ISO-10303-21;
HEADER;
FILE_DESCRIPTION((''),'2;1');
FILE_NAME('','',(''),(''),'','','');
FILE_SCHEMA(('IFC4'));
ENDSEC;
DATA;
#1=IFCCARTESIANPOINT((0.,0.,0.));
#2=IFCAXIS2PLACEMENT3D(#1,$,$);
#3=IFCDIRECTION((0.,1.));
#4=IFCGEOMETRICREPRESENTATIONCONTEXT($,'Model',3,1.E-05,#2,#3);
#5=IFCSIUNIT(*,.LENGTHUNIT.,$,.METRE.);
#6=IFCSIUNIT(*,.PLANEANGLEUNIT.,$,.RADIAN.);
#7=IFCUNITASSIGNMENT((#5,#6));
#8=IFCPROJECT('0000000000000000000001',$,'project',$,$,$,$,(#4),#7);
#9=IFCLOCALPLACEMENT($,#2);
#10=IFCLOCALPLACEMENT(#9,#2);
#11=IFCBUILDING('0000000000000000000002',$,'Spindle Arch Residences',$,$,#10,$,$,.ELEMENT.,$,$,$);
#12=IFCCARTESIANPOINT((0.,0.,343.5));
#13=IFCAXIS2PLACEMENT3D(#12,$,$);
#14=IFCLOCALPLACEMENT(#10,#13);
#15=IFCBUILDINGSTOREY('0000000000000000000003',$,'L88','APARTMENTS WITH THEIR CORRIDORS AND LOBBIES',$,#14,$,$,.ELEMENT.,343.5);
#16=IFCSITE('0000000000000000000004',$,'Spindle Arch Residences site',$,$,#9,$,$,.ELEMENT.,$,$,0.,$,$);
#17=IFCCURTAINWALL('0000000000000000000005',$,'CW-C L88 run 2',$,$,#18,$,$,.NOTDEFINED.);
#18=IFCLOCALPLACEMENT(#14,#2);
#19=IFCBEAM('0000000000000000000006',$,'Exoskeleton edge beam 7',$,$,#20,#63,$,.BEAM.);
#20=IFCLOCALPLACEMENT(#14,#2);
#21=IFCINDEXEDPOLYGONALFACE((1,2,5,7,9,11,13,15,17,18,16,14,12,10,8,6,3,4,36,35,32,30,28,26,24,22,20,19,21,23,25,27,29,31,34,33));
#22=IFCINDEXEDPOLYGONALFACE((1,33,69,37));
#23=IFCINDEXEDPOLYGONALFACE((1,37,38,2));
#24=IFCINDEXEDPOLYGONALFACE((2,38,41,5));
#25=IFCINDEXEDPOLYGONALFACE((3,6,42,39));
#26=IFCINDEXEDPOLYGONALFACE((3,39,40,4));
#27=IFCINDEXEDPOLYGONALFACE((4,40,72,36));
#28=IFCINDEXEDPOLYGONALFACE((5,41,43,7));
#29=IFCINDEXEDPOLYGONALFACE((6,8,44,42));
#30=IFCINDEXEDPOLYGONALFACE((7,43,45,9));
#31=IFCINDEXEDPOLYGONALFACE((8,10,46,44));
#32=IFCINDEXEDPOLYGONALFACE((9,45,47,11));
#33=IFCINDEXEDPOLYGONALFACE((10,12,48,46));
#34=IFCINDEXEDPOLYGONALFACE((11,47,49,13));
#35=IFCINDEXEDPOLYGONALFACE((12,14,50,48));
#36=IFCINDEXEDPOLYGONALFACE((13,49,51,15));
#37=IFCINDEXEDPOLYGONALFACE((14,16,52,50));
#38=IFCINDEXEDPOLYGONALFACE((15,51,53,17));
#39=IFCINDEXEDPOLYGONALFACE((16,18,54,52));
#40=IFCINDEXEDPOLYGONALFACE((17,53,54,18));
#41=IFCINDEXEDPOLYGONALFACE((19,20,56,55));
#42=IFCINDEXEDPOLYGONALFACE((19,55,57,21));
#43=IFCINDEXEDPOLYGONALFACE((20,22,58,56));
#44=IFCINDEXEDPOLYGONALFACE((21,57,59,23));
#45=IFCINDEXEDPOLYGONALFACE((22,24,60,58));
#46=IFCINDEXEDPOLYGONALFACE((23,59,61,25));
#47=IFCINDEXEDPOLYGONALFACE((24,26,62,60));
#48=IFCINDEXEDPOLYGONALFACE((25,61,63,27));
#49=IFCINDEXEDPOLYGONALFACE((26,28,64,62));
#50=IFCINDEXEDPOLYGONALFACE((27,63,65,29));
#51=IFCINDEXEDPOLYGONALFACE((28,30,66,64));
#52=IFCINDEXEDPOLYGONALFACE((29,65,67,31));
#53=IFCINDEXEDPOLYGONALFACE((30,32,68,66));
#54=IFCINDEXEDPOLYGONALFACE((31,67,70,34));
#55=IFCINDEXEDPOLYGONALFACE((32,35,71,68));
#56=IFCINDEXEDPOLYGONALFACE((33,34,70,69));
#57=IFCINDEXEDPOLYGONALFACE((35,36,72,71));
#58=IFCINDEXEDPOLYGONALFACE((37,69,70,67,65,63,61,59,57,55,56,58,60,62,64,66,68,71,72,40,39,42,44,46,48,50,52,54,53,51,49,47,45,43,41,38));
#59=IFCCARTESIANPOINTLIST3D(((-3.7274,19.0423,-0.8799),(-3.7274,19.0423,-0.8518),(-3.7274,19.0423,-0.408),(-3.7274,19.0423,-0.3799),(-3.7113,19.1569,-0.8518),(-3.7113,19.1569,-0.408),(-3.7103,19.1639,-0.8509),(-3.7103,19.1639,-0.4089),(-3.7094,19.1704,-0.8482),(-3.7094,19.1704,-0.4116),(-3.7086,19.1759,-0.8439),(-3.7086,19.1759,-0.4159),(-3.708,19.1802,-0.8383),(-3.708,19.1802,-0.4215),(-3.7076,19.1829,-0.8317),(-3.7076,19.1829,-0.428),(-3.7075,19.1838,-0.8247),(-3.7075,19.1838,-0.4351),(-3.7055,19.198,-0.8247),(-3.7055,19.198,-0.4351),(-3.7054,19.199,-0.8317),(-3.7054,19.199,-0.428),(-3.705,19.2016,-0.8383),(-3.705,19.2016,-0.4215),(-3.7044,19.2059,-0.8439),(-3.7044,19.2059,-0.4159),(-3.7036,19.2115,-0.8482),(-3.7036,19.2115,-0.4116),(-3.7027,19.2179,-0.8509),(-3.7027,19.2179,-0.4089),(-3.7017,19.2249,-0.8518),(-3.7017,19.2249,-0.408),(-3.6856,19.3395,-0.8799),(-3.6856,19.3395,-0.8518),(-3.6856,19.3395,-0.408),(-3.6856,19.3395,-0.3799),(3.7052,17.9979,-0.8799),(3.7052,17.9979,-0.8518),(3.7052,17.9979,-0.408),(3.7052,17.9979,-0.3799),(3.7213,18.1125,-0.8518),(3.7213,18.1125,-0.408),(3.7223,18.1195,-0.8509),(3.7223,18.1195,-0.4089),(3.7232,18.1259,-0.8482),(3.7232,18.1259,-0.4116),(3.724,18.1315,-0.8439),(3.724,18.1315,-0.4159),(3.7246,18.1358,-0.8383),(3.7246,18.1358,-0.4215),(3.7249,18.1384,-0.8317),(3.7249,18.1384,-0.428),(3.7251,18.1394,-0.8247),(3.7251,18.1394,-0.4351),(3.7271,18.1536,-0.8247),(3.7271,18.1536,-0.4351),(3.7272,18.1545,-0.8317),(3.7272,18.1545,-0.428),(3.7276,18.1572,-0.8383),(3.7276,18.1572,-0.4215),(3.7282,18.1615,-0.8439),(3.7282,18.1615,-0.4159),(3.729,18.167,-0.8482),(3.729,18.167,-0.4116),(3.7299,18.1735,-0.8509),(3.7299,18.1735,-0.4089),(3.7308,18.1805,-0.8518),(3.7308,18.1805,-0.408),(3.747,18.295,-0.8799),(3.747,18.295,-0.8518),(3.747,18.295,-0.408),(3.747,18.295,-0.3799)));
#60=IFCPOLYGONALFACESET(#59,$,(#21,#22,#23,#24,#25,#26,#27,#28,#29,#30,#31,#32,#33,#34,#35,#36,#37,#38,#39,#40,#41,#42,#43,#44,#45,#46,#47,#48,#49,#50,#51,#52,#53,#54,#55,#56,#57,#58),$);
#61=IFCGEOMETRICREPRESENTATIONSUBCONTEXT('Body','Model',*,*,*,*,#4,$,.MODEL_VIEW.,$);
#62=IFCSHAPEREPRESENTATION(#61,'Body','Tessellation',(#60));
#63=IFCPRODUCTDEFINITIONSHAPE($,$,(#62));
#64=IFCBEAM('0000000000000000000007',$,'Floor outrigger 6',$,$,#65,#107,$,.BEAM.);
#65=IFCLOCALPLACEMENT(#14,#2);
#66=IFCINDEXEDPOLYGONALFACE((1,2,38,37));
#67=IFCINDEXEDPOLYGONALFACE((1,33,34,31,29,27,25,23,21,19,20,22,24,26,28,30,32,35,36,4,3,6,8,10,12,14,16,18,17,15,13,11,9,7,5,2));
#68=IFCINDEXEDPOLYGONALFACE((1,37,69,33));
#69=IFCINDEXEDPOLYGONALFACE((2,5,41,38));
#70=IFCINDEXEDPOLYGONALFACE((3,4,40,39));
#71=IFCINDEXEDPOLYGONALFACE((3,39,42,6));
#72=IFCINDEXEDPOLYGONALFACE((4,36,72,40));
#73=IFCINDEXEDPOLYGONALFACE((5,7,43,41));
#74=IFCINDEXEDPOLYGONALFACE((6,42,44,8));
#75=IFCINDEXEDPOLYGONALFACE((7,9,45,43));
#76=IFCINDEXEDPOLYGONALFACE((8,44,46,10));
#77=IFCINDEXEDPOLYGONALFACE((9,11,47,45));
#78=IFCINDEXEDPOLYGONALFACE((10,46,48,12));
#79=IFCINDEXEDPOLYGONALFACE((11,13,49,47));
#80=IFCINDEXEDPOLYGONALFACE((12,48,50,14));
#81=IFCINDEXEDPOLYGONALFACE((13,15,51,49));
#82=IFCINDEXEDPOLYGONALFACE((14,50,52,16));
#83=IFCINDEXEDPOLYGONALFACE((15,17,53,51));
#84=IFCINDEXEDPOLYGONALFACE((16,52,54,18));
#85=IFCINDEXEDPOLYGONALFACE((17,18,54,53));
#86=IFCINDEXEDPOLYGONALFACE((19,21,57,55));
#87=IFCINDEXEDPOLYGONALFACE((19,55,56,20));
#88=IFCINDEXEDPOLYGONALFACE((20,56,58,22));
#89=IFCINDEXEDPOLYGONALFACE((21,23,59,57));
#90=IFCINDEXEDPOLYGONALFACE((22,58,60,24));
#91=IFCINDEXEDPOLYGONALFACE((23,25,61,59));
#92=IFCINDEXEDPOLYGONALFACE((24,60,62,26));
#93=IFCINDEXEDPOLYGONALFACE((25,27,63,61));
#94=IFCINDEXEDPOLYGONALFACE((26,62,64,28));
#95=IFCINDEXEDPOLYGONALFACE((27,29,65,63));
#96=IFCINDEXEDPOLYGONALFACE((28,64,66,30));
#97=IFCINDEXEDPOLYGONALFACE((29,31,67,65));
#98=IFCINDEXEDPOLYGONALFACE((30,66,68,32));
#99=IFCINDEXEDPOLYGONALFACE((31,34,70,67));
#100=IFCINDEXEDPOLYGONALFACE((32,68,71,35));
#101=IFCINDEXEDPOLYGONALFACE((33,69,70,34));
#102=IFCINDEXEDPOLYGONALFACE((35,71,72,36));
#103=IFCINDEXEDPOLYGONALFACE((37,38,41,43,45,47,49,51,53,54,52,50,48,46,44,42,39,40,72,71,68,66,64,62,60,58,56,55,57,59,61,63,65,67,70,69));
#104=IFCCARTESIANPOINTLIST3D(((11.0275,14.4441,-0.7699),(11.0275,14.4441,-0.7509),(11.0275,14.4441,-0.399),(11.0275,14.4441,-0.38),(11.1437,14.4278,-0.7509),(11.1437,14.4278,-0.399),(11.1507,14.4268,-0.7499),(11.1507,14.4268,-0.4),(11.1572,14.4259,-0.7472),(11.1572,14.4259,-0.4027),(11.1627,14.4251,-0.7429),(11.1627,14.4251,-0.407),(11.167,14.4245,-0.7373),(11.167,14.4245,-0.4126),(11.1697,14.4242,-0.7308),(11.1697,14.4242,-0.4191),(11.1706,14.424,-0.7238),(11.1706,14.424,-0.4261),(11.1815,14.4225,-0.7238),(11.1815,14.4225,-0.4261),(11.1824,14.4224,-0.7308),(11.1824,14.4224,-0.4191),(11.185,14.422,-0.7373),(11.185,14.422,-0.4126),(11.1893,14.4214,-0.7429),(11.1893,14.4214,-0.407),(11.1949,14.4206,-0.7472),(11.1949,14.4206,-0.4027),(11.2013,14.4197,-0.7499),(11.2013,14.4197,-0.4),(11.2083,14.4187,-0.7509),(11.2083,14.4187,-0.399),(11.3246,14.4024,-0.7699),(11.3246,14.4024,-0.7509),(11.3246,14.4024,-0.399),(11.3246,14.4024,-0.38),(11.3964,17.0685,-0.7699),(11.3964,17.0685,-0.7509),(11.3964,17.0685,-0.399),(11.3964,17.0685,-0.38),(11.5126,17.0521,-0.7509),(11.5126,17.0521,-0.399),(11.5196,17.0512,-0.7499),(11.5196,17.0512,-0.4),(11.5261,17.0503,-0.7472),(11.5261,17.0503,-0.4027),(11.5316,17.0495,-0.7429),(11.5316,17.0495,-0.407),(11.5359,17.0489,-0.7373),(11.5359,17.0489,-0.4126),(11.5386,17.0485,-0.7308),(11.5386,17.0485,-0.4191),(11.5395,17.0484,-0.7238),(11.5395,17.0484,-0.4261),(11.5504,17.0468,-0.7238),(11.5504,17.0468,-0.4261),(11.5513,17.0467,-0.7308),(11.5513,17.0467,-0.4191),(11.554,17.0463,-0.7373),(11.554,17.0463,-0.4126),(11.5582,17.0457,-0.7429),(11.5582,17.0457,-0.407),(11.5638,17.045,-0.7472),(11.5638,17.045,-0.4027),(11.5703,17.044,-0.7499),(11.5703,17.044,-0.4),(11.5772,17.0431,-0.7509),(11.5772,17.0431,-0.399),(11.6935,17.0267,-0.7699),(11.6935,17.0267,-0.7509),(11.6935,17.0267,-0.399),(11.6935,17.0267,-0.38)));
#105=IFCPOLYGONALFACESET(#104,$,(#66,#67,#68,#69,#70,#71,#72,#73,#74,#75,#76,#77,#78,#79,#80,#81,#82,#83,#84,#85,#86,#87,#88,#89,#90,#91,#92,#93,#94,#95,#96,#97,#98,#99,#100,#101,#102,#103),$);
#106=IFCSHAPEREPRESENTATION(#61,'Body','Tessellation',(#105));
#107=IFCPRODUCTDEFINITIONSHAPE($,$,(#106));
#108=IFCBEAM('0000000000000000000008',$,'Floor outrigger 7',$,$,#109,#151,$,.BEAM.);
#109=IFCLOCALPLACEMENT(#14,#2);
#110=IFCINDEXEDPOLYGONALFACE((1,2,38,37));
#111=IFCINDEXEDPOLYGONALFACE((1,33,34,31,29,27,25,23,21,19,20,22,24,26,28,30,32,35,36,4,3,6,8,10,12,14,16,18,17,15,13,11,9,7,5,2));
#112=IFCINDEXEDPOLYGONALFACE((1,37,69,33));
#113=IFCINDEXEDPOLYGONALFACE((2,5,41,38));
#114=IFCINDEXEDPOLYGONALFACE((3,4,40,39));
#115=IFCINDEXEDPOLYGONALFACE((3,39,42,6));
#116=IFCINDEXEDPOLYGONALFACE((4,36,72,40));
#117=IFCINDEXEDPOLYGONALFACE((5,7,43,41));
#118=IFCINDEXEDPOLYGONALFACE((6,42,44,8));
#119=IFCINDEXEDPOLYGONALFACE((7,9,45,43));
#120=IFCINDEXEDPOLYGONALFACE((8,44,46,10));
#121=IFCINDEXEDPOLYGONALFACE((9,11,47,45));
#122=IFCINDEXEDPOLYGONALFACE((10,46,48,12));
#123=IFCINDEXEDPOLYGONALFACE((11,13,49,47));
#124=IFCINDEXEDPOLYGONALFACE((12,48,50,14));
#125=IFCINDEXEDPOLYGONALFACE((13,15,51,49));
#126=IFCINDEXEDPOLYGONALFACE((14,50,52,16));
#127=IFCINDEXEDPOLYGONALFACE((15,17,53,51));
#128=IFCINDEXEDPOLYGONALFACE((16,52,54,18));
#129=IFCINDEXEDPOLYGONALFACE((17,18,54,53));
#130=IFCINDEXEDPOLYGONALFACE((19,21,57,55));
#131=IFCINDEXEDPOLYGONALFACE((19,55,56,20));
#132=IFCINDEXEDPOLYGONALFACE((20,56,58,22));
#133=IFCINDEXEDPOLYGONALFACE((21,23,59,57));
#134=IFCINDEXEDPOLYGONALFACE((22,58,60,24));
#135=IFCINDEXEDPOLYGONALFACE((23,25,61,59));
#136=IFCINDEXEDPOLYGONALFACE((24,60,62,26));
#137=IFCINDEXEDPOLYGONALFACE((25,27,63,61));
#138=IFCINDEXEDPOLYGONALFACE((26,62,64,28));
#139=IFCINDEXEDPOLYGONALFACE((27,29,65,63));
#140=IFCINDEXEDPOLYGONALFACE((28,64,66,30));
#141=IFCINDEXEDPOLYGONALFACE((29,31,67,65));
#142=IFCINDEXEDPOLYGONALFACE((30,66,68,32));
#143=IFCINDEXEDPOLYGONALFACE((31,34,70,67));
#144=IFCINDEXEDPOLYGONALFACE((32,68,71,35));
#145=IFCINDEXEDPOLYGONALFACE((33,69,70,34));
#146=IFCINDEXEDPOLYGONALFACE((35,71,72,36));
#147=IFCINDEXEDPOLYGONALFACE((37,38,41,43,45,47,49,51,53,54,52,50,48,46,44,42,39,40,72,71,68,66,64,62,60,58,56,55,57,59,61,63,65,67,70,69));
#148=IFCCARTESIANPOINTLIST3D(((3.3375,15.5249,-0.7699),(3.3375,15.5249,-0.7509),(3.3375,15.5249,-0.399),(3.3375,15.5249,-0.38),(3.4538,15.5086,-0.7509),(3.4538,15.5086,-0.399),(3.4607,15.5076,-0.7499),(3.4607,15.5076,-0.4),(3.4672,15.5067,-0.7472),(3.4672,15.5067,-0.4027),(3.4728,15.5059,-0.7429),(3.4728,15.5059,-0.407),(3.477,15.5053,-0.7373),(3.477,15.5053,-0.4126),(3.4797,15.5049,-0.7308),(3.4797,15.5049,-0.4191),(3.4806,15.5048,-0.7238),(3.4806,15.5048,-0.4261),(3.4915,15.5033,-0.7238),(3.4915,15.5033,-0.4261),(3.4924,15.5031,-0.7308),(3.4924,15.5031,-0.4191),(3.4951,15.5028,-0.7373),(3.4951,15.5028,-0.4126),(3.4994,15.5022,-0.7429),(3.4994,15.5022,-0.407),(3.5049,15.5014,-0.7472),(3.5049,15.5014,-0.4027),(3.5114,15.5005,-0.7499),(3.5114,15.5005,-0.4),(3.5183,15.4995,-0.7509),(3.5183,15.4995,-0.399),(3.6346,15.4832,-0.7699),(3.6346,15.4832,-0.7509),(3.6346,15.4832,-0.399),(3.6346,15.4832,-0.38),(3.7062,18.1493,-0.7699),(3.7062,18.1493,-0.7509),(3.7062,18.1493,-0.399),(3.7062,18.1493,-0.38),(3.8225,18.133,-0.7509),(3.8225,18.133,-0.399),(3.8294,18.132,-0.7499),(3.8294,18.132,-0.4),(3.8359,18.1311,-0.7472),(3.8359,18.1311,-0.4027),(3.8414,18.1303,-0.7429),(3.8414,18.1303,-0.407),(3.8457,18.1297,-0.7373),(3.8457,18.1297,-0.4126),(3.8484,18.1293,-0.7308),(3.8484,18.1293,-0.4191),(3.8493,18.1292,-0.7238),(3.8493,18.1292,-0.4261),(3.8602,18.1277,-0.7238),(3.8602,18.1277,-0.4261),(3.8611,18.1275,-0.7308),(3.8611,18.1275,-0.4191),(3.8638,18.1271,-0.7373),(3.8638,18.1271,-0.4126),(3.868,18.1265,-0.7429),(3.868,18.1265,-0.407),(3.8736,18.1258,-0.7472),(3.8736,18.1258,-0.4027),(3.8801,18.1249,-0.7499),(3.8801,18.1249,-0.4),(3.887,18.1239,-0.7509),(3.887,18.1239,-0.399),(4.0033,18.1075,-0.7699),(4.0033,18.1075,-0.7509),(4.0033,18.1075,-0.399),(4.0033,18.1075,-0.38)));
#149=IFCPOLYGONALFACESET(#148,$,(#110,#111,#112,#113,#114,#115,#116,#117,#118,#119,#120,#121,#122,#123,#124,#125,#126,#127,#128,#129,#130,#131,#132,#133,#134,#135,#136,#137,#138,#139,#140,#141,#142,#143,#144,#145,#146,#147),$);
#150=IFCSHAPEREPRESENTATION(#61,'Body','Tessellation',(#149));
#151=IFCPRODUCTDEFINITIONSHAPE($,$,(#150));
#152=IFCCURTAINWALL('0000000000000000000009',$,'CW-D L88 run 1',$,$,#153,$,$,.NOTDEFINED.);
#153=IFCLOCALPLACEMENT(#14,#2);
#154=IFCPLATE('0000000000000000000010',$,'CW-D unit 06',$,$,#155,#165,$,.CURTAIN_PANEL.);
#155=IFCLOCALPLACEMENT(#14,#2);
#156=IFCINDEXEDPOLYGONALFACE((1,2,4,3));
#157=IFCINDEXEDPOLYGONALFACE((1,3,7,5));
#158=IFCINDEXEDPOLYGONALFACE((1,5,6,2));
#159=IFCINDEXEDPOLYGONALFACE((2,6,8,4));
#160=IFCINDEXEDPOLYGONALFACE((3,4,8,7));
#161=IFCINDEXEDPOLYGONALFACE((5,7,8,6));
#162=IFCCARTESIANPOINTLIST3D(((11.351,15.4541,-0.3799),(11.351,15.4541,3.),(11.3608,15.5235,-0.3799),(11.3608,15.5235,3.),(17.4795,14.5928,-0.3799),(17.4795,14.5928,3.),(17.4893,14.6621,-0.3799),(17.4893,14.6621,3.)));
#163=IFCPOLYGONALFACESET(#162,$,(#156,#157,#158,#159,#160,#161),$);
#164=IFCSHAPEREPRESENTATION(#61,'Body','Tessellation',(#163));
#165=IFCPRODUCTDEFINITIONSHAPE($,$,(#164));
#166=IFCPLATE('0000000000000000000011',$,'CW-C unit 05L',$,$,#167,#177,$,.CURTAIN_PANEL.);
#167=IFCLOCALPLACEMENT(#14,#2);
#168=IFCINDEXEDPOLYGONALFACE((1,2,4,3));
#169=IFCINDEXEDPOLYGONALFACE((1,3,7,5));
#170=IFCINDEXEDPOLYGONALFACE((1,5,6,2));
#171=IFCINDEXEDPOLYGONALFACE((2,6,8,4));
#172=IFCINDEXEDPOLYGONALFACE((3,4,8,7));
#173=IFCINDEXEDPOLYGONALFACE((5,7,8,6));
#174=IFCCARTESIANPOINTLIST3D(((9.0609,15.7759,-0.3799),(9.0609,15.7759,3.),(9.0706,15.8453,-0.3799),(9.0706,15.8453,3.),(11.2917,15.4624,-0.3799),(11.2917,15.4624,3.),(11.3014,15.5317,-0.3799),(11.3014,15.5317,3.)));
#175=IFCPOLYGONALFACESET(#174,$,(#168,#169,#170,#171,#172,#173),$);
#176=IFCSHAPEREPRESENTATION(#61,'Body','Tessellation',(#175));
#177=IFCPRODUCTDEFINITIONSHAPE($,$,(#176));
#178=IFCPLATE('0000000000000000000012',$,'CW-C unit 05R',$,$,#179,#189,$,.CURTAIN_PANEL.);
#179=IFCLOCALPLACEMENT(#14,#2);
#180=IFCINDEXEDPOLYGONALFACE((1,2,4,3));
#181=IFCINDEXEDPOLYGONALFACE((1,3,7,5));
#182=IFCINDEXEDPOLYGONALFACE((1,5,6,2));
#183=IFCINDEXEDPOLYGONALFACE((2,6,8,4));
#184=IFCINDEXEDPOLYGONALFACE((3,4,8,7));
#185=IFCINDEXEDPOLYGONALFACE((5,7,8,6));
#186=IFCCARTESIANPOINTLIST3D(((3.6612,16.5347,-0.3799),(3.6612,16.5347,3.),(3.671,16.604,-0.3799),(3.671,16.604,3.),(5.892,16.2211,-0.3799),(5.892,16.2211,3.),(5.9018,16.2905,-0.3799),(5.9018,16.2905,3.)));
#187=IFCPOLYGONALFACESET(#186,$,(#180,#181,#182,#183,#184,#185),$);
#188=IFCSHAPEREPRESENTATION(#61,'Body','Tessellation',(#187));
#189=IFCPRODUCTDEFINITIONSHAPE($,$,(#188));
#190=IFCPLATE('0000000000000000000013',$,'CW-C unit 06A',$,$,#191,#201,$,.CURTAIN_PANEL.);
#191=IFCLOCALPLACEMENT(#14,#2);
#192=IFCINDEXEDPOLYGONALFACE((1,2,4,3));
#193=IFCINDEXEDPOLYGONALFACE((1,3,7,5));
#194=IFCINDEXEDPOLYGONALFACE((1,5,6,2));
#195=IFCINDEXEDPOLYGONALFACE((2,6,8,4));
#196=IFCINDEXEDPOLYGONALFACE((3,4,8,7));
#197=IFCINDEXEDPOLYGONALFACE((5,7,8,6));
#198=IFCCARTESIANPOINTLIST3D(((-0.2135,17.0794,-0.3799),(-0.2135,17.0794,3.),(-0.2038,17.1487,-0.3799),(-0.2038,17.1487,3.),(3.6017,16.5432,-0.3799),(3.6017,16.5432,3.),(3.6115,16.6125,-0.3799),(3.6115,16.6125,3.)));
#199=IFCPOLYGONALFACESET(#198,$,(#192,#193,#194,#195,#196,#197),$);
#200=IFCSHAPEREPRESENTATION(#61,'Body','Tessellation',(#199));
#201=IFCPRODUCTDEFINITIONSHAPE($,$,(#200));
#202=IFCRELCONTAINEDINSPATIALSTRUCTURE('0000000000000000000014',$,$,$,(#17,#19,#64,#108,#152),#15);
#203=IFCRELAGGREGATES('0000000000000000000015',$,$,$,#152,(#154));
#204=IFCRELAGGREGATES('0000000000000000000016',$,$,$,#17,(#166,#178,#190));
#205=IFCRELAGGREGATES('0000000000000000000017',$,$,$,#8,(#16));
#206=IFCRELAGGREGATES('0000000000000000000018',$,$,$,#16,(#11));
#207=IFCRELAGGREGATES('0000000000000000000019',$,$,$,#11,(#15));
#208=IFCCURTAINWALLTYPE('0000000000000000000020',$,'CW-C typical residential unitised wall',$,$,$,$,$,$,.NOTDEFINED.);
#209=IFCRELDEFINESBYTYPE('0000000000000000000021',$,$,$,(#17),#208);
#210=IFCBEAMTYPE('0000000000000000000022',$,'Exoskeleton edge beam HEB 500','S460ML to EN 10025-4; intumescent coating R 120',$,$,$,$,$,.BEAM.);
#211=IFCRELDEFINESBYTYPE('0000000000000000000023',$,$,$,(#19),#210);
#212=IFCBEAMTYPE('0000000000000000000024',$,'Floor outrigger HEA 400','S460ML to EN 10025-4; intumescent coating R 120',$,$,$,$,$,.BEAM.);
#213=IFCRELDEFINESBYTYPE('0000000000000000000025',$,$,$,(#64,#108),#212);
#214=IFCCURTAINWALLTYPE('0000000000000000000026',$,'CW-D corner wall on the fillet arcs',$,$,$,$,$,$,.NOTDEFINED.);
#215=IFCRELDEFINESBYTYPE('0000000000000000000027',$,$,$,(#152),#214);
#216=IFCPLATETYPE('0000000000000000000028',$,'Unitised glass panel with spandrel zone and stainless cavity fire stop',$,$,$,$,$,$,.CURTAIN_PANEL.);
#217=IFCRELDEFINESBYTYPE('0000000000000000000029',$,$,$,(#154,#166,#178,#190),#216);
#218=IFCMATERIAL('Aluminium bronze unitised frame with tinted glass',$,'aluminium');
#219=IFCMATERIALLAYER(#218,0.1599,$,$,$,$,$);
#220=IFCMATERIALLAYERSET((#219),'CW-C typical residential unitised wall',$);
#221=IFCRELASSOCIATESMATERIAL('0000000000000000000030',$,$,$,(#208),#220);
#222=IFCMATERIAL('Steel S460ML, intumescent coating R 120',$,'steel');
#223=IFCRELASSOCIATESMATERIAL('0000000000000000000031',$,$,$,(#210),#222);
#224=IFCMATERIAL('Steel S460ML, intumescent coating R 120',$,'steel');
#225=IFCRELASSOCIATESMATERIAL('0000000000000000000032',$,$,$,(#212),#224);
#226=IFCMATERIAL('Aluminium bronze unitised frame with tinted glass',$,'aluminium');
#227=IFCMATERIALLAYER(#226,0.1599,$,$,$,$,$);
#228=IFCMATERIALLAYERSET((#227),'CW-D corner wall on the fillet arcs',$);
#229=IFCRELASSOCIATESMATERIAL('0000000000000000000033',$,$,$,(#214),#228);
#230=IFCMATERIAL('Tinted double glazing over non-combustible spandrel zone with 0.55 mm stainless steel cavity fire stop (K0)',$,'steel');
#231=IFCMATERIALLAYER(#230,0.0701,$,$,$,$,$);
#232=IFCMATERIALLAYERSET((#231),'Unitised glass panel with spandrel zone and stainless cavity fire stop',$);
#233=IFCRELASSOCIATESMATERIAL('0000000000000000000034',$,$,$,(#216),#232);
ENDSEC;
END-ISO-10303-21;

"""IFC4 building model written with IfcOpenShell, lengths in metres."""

from ifc_helpers import new_model, si_unit, direction, frame, origin, origin_2d, place, context, subcontext, project, spatial, rectangle, i_section, extrude, material, layer, layer_set, material_profile, profile_set, type_object, element, aggregate, save


model = new_model("IFC4")

# Units and contexts
model_context = context("Model", 3, precision=1e-05, world=origin(), true_north=direction((0.0, 1.0)))
body_context = subcontext(model_context, "Body", "Model", "MODEL_VIEW")
ifc_project = project(units=[si_unit("LENGTHUNIT", "METRE"), si_unit("PLANEANGLEUNIT", "RADIAN")], contexts=[model_context])

# Site, building, storey
site_placement = place(None, origin())
site = spatial("IfcSite", under=ifc_project, at=site_placement, Name="Spindle Arch Residences site", CompositionType="ELEMENT", RefElevation=0.0)
building_placement = place(site_placement, origin())
building = spatial("IfcBuilding", under=site, at=building_placement, Name="Spindle Arch Residences", CompositionType="ELEMENT")
storey_placement = place(building_placement, frame((0.0, 0.0, 343.5)))
storey = spatial("IfcBuildingStorey", under=building, at=storey_placement, Name="L88", Description="APARTMENTS WITH THEIR CORRIDORS AND LOBBIES", CompositionType="ELEMENT", Elevation=343.5)

# Curtain wall
ifc_material_1 = material(Name="Aluminium bronze unitised frame with tinted glass", Category="aluminium")
ifc_layer_1 = layer(ifc_material_1, 0.1599)
ifc_layer_set_1 = layer_set([ifc_layer_1], Name="CW-C typical residential unitised wall")
curtain_wall_type_1 = type_object("IfcCurtainWallType", Name="CW-C typical residential unitised wall", PredefinedType="NOTDEFINED", material=ifc_layer_set_1)
curtain_wall_1_placement = place(storey_placement, origin())
curtain_wall_1 = element("IfcCurtainWall", 1, at=curtain_wall_1_placement, inside=storey, type_object=curtain_wall_type_1, Name="CW-C L88 run 2", PredefinedType="NOTDEFINED")

# Beams
ifc_material_2 = material(Name="Steel S460ML, intumescent coating R 120", Category="steel")
ifc_material_profile_1 = material_profile(ifc_material_2, i_section(OverallWidth=0.3, OverallDepth=0.5, WebThickness=0.0144, FlangeThickness=0.0281, FilletRadius=0.0271, at=origin_2d()), Name="HEB 500")
ifc_profile_set_1 = profile_set([ifc_material_profile_1], Name="Steel S460ML, intumescent coating R 120")
beam_type_1 = type_object("IfcBeamType", Name="Exoskeleton edge beam HEB 500", Description="S460ML to EN 10025-4; intumescent coating R 120", PredefinedType="BEAM", material=ifc_profile_set_1)
for number, where, z_axis, x_axis, name in (
    (2, (3.7261, 18.1465, -0.6299), (-0.990271, 0.139153, 0.0), (-0.139153, -0.990271, 0.0), "Exoskeleton edge beam 7"),
):
    element("IfcBeam", number, at=place(storey_placement, frame(where, z_axis=z_axis, x_axis=x_axis)), inside=storey, type_object=beam_type_1, Name=name, PredefinedType="BEAM", context=body_context, shape_type="SweptSolid", body=[
        extrude(i_section(OverallWidth=0.3, OverallDepth=0.5, WebThickness=0.0144, FlangeThickness=0.0281, FilletRadius=0.0271, at=origin_2d()), origin(), (0.0, 0.0, 1.0), 7.5056),
    ])
ifc_material_3 = material(Name="Steel S460ML, intumescent coating R 120", Category="steel")
ifc_material_profile_2 = material_profile(ifc_material_3, i_section(OverallWidth=0.3, OverallDepth=0.3899, WebThickness=0.011, FlangeThickness=0.019, FilletRadius=0.0271, at=origin_2d()), Name="HEA 400")
ifc_profile_set_2 = profile_set([ifc_material_profile_2], Name="Steel S460ML, intumescent coating R 120")
beam_type_2 = type_object("IfcBeamType", Name="Floor outrigger HEA 400", Description="S460ML to EN 10025-4; intumescent coating R 120", PredefinedType="BEAM", material=ifc_profile_set_2)
for number, where, z_axis, x_axis, name in (
    (3, (11.5449, 17.0476, -0.575), (-0.139203, -0.990264, 0.0), (0.990264, -0.139203, 0.0), "Floor outrigger 6"),
    (4, (3.8547, 18.1284, -0.575), (-0.139112, -0.990277, 0.0), (0.990277, -0.139112, 0.0), "Floor outrigger 7"),
):
    element("IfcBeam", number, at=place(storey_placement, frame(where, z_axis=z_axis, x_axis=x_axis)), inside=storey, type_object=beam_type_2, Name=name, PredefinedType="BEAM", context=body_context, shape_type="SweptSolid", body=[
        extrude(i_section(OverallWidth=0.3, OverallDepth=0.3899, WebThickness=0.011, FlangeThickness=0.019, FilletRadius=0.0271, at=origin_2d()), origin(), (0.0, 0.0, 1.0), 2.6501),
    ])

# Curtain wall, plate
ifc_material_4 = material(Name="Aluminium bronze unitised frame with tinted glass", Category="aluminium")
ifc_layer_2 = layer(ifc_material_4, 0.1599)
ifc_layer_set_2 = layer_set([ifc_layer_2], Name="CW-D corner wall on the fillet arcs")
curtain_wall_type_2 = type_object("IfcCurtainWallType", Name="CW-D corner wall on the fillet arcs", PredefinedType="NOTDEFINED", material=ifc_layer_set_2)
curtain_wall_2_placement = place(storey_placement, origin())
curtain_wall_2 = element("IfcCurtainWall", 5, at=curtain_wall_2_placement, inside=storey, type_object=curtain_wall_type_2, Name="CW-D L88 run 1", PredefinedType="NOTDEFINED")
ifc_material_5 = material(Name="Tinted double glazing over non-combustible spandrel zone with 0.55 mm stainless steel cavity fire stop (K0)", Category="steel")
ifc_layer_3 = layer(ifc_material_5, 0.0701)
ifc_layer_set_3 = layer_set([ifc_layer_3], Name="Unitised glass panel with spandrel zone and stainless cavity fire stop")
plate_type = type_object("IfcPlateType", Name="Unitised glass panel with spandrel zone and stainless cavity fire stop", PredefinedType="CURTAIN_PANEL", material=ifc_layer_set_3)
plate_1_placement = place(storey_placement, frame((14.4202, 15.0581, -0.3799), z_axis=(0.0, 0.0, 1.0), x_axis=(-0.990268, 0.139173, 0.0)))
plate_1 = element("IfcPlate", 6, at=plate_1_placement, type_object=plate_type, Name="CW-D unit 06", PredefinedType="CURTAIN_PANEL", context=body_context, shape_type="SweptSolid", body=[
    extrude(rectangle(XDim=6.1887, YDim=0.0701, at=origin_2d()), origin(), (0.0, 0.0, 1.0), 3.3799),
])
aggregate(curtain_wall_2, [plate_1])

# Plates
plate_2_placement = place(storey_placement, frame((10.1812, 15.6538, -0.3799), z_axis=(0.0, 0.0, 1.0), x_axis=(-0.990268, 0.139173, 0.0)))
plate_2 = element("IfcPlate", 7, at=plate_2_placement, type_object=plate_type, Name="CW-C unit 05L", PredefinedType="CURTAIN_PANEL", context=body_context, shape_type="SweptSolid", body=[
    extrude(rectangle(XDim=2.2527, YDim=0.0701, at=origin_2d()), origin(), (0.0, 0.0, 1.0), 3.3799),
])
plate_3_placement = place(storey_placement, frame((4.7815, 16.4126, -0.3799), z_axis=(0.0, 0.0, 1.0), x_axis=(-0.990268, 0.139173, 0.0)))
plate_3 = element("IfcPlate", 8, at=plate_3_placement, type_object=plate_type, Name="CW-C unit 05R", PredefinedType="CURTAIN_PANEL", context=body_context, shape_type="SweptSolid", body=[
    extrude(rectangle(XDim=2.2527, YDim=0.0701, at=origin_2d()), origin(), (0.0, 0.0, 1.0), 3.3799),
])
plate_4_placement = place(storey_placement, frame((1.699, 16.8459, -0.3799), z_axis=(0.0, 0.0, 1.0), x_axis=(-0.990268, 0.139173, 0.0)))
plate_4 = element("IfcPlate", 9, at=plate_4_placement, type_object=plate_type, Name="CW-C unit 06A", PredefinedType="CURTAIN_PANEL", context=body_context, shape_type="SweptSolid", body=[
    extrude(rectangle(XDim=3.8528, YDim=0.0701, at=origin_2d()), origin(), (0.0, 0.0, 1.0), 3.3799),
])
aggregate(curtain_wall_1, [plate_2, plate_3, plate_4])

save(model, "model.ifc")
